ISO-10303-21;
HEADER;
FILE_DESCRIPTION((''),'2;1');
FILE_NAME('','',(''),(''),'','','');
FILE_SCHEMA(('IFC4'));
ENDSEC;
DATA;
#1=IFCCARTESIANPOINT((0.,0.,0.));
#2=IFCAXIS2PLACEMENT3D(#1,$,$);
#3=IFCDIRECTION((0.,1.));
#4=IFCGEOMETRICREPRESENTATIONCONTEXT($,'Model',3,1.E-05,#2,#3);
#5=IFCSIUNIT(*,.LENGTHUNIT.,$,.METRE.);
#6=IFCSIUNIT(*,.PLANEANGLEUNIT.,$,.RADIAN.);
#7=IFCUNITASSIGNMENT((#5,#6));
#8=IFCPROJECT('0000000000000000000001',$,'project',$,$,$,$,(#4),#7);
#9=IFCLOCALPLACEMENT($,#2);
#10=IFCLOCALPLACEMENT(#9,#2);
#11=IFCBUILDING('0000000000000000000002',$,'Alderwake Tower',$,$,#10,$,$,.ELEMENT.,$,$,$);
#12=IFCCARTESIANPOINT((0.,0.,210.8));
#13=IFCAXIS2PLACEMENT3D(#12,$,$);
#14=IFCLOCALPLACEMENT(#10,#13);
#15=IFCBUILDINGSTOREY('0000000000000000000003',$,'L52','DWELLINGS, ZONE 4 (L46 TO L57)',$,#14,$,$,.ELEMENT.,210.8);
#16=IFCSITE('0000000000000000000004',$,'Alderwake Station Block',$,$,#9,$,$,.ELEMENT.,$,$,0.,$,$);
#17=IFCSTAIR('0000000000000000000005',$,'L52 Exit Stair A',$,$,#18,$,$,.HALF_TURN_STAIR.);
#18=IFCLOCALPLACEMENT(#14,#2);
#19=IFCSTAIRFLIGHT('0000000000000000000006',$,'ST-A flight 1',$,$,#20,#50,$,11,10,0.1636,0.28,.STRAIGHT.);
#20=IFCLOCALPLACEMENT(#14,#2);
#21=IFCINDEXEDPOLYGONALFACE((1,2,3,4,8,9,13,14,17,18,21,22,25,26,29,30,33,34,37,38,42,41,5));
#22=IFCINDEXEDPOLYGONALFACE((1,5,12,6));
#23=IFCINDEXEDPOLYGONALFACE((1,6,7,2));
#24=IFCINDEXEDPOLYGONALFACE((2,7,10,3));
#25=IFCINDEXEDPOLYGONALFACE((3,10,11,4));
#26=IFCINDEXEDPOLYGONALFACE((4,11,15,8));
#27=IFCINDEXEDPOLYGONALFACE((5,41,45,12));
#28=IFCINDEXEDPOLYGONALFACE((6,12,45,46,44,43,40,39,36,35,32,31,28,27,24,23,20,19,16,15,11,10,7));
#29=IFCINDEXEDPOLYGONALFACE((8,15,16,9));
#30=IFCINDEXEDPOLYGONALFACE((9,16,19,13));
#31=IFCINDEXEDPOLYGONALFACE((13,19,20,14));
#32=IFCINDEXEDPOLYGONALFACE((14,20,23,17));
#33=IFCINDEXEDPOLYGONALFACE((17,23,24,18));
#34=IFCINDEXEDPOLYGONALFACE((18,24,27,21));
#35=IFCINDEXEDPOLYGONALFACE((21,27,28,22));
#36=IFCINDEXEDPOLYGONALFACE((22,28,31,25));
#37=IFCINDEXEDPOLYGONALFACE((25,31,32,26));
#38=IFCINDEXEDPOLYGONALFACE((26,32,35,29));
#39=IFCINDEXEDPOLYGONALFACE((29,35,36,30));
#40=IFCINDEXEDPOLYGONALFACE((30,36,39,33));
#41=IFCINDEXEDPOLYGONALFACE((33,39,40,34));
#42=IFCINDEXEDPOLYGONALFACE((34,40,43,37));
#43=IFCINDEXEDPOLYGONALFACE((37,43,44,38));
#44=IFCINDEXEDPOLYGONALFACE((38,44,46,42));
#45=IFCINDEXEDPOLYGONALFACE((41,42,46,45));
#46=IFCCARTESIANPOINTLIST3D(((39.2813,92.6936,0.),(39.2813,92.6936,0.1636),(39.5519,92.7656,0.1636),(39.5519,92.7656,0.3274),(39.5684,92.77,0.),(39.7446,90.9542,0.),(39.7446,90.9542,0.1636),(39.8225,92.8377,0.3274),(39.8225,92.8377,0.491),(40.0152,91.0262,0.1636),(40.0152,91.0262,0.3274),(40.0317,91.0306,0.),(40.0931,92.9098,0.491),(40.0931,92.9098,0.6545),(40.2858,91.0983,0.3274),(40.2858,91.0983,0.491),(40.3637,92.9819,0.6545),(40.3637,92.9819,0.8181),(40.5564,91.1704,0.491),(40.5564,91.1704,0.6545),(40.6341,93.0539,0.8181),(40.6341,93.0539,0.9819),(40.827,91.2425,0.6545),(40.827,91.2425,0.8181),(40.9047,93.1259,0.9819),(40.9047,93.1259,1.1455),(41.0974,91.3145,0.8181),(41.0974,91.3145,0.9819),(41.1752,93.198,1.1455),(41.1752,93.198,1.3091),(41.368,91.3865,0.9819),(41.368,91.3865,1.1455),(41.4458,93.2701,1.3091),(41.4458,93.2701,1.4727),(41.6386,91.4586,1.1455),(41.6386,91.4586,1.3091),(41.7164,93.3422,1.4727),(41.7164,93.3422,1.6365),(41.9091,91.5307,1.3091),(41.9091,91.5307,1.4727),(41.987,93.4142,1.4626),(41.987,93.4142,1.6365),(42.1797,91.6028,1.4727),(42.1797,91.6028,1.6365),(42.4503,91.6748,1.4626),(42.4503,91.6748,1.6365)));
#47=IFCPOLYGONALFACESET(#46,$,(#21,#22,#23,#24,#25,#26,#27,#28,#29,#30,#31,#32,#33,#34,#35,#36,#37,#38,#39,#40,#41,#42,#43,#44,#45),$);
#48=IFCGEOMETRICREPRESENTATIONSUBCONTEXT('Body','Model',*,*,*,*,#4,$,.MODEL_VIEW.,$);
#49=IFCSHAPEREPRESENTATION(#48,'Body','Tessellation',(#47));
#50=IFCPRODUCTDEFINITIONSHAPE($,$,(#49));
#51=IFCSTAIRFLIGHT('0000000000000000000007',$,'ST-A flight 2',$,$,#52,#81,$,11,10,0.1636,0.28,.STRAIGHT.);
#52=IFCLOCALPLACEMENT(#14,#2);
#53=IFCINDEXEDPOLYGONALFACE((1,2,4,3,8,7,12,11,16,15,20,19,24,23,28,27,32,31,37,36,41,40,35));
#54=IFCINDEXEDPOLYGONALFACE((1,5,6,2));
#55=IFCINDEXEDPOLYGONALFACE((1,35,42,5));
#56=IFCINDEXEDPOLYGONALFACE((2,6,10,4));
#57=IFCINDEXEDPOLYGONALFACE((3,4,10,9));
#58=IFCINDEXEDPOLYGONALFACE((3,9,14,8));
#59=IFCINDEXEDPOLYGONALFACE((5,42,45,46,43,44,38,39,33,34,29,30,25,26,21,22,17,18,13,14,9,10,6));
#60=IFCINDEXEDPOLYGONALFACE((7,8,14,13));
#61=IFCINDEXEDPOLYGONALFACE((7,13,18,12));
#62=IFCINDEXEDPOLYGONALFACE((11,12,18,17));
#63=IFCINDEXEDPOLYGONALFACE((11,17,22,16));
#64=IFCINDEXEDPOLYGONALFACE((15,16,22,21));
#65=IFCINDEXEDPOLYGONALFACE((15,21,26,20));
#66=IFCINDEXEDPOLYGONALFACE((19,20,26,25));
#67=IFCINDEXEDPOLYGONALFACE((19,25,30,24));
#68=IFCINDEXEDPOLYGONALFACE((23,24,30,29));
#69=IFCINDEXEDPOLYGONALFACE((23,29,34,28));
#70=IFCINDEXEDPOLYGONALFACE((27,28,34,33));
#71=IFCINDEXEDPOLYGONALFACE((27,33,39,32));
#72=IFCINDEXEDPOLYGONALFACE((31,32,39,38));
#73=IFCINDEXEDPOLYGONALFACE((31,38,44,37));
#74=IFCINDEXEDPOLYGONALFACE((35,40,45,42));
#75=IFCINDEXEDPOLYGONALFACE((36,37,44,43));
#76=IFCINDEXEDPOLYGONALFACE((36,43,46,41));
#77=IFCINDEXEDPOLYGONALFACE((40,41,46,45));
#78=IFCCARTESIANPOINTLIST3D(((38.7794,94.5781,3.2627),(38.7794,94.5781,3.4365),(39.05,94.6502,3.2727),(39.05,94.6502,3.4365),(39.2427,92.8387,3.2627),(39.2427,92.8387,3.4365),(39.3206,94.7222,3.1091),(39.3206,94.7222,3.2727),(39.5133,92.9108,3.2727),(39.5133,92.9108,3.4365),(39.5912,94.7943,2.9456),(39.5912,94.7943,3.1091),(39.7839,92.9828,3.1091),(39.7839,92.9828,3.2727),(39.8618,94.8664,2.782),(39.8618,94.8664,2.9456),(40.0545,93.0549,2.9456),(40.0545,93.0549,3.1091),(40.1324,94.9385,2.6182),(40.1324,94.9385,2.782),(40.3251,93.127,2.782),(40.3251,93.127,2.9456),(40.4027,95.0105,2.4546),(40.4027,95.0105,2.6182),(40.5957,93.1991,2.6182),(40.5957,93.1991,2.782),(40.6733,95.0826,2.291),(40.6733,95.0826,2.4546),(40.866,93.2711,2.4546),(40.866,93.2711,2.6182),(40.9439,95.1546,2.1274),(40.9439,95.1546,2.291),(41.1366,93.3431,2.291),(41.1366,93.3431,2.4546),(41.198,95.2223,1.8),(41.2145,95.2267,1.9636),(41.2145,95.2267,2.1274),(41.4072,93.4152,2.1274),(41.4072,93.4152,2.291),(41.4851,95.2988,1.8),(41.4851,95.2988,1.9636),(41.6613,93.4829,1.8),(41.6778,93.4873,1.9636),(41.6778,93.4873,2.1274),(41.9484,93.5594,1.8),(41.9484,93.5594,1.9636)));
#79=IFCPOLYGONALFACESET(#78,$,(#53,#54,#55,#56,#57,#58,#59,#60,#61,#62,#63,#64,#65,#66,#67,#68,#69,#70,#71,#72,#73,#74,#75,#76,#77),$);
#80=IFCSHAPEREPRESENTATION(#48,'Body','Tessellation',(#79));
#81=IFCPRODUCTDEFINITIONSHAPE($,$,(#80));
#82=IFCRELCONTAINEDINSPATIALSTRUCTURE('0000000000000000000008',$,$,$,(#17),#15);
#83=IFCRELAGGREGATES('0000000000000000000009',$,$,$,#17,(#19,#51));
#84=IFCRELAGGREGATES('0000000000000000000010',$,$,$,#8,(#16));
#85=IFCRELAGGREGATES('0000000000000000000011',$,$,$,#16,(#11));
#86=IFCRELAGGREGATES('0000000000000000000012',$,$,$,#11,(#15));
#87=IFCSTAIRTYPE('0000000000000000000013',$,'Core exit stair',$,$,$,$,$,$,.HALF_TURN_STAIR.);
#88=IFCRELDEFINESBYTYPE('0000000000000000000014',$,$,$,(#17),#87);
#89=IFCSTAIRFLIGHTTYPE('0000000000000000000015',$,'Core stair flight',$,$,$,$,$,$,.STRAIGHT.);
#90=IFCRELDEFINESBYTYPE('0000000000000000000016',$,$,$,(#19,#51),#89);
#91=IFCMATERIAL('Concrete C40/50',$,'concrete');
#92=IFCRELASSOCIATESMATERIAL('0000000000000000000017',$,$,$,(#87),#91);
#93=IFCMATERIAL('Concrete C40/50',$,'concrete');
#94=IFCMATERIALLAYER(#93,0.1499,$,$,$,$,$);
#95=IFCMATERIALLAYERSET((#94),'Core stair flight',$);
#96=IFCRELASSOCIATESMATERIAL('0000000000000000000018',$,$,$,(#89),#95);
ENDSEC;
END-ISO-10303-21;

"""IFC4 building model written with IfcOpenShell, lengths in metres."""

from ifc_helpers import new_model, si_unit, direction, frame, origin, place, context, subcontext, project, spatial, polyline, outline, extrude, material, layer, layer_set, type_object, element, aggregate, save


model = new_model("IFC4")

# Units and contexts
model_context = context("Model", 3, precision=1e-05, world=origin(), true_north=direction((0.0, 1.0)))
body_context = subcontext(model_context, "Body", "Model", "MODEL_VIEW")
ifc_project = project(units=[si_unit("LENGTHUNIT", "METRE"), si_unit("PLANEANGLEUNIT", "RADIAN")], contexts=[model_context])

# Site, building, storey
site_placement = place(None, origin())
site = spatial("IfcSite", under=ifc_project, at=site_placement, Name="Alderwake Station Block", CompositionType="ELEMENT", RefElevation=0.0)
building_placement = place(site_placement, origin())
building = spatial("IfcBuilding", under=site, at=building_placement, Name="Alderwake Tower", CompositionType="ELEMENT")
storey_placement = place(building_placement, frame((0.0, 0.0, 210.8)))
storey = spatial("IfcBuildingStorey", under=building, at=storey_placement, Name="L52", Description="DWELLINGS, ZONE 4 (L46 TO L57)", CompositionType="ELEMENT", Elevation=210.8)

# Stair, stair flights
ifc_material_1 = material(Name="Concrete C40/50", Category="concrete")
stair_type = type_object("IfcStairType", Name="Core exit stair", PredefinedType="HALF_TURN_STAIR", material=ifc_material_1)
stair_placement = place(storey_placement, origin())
stair = element("IfcStair", 1, at=stair_placement, inside=storey, type_object=stair_type, Name="L52 Exit Stair A", PredefinedType="HALF_TURN_STAIR")
ifc_material_2 = material(Name="Concrete C40/50", Category="concrete")
ifc_layer_1 = layer(ifc_material_2, 0.1499)
ifc_layer_set_1 = layer_set([ifc_layer_1], Name="Core stair flight")
stair_flight_type = type_object("IfcStairFlightType", Name="Core stair flight", PredefinedType="STRAIGHT", material=ifc_layer_set_1)
stair_flight_1_placement = place(storey_placement, frame((39.5129, 91.824, 0.0), z_axis=(0.0, 0.0, 1.0), x_axis=(0.96631, 0.257382, 0.0)))
stair_flight_1 = element("IfcStairFlight", 2, at=stair_flight_1_placement, type_object=stair_flight_type, Name="ST-A flight 1", NumberOfRisers=11, NumberOfTreads=10, PredefinedType="STRAIGHT", RiserHeight=0.1636, TreadLength=0.28, context=body_context, shape_type="SweptSolid", body=[
    extrude(outline(polyline([(0.0, 0.0), (0.0, 0.1636), (0.28, 0.1636), (0.28, 0.3274), (0.5601, 0.3274), (0.5601, 0.491), (0.8401, 0.491), (0.8401, 0.6545), (1.1201, 0.6545), (1.1201, 0.8181), (1.3999, 0.8181), (1.3999, 0.9819), (1.6799, 0.9819), (1.6799, 1.1455), (1.96, 1.1455), (1.96, 1.3091), (2.24, 1.3091), (2.24, 1.4727), (2.52, 1.4727), (2.52, 1.6365), (2.8, 1.6365), (2.8, 1.8), (2.8, 1.4626), (0.2971, 0.0), (0.0, 0.0)])), frame((0.0, 0.8999, 0.0), z_axis=(0.0, -1.0, 0.0), x_axis=(1.0, 0.0, 0.0)), (0.0, 0.0, 1.0), 1.8),
])
stair_flight_2_placement = place(storey_placement, frame((41.7168, 94.429, 1.8), z_axis=(0.0, 0.0, 1.0), x_axis=(-0.96631, -0.257382, 0.0)))
stair_flight_2 = element("IfcStairFlight", 3, at=stair_flight_2_placement, type_object=stair_flight_type, Name="ST-A flight 2", NumberOfRisers=11, NumberOfTreads=10, PredefinedType="STRAIGHT", RiserHeight=0.1636, TreadLength=0.28, context=body_context, shape_type="SweptSolid", body=[
    extrude(outline(polyline([(0.0, 0.0), (0.0, 0.1636), (0.28, 0.1636), (0.28, 0.3274), (0.5601, 0.3274), (0.5601, 0.491), (0.8401, 0.491), (0.8401, 0.6545), (1.1201, 0.6545), (1.1201, 0.8181), (1.3999, 0.8181), (1.3999, 0.9819), (1.6799, 0.9819), (1.6799, 1.1455), (1.96, 1.1455), (1.96, 1.3091), (2.24, 1.3091), (2.24, 1.4727), (2.52, 1.4727), (2.52, 1.6365), (2.8, 1.6365), (2.8, 1.8), (2.8, 1.4626), (0.2971, 0.0), (0.0, 0.0)])), frame((0.0, 0.8999, 0.0), z_axis=(0.0, -1.0, 0.0), x_axis=(1.0, 0.0, 0.0)), (0.0, 0.0, 1.0), 1.8),
])
aggregate(stair, [stair_flight_1, stair_flight_2])

save(model, "model.ifc")
